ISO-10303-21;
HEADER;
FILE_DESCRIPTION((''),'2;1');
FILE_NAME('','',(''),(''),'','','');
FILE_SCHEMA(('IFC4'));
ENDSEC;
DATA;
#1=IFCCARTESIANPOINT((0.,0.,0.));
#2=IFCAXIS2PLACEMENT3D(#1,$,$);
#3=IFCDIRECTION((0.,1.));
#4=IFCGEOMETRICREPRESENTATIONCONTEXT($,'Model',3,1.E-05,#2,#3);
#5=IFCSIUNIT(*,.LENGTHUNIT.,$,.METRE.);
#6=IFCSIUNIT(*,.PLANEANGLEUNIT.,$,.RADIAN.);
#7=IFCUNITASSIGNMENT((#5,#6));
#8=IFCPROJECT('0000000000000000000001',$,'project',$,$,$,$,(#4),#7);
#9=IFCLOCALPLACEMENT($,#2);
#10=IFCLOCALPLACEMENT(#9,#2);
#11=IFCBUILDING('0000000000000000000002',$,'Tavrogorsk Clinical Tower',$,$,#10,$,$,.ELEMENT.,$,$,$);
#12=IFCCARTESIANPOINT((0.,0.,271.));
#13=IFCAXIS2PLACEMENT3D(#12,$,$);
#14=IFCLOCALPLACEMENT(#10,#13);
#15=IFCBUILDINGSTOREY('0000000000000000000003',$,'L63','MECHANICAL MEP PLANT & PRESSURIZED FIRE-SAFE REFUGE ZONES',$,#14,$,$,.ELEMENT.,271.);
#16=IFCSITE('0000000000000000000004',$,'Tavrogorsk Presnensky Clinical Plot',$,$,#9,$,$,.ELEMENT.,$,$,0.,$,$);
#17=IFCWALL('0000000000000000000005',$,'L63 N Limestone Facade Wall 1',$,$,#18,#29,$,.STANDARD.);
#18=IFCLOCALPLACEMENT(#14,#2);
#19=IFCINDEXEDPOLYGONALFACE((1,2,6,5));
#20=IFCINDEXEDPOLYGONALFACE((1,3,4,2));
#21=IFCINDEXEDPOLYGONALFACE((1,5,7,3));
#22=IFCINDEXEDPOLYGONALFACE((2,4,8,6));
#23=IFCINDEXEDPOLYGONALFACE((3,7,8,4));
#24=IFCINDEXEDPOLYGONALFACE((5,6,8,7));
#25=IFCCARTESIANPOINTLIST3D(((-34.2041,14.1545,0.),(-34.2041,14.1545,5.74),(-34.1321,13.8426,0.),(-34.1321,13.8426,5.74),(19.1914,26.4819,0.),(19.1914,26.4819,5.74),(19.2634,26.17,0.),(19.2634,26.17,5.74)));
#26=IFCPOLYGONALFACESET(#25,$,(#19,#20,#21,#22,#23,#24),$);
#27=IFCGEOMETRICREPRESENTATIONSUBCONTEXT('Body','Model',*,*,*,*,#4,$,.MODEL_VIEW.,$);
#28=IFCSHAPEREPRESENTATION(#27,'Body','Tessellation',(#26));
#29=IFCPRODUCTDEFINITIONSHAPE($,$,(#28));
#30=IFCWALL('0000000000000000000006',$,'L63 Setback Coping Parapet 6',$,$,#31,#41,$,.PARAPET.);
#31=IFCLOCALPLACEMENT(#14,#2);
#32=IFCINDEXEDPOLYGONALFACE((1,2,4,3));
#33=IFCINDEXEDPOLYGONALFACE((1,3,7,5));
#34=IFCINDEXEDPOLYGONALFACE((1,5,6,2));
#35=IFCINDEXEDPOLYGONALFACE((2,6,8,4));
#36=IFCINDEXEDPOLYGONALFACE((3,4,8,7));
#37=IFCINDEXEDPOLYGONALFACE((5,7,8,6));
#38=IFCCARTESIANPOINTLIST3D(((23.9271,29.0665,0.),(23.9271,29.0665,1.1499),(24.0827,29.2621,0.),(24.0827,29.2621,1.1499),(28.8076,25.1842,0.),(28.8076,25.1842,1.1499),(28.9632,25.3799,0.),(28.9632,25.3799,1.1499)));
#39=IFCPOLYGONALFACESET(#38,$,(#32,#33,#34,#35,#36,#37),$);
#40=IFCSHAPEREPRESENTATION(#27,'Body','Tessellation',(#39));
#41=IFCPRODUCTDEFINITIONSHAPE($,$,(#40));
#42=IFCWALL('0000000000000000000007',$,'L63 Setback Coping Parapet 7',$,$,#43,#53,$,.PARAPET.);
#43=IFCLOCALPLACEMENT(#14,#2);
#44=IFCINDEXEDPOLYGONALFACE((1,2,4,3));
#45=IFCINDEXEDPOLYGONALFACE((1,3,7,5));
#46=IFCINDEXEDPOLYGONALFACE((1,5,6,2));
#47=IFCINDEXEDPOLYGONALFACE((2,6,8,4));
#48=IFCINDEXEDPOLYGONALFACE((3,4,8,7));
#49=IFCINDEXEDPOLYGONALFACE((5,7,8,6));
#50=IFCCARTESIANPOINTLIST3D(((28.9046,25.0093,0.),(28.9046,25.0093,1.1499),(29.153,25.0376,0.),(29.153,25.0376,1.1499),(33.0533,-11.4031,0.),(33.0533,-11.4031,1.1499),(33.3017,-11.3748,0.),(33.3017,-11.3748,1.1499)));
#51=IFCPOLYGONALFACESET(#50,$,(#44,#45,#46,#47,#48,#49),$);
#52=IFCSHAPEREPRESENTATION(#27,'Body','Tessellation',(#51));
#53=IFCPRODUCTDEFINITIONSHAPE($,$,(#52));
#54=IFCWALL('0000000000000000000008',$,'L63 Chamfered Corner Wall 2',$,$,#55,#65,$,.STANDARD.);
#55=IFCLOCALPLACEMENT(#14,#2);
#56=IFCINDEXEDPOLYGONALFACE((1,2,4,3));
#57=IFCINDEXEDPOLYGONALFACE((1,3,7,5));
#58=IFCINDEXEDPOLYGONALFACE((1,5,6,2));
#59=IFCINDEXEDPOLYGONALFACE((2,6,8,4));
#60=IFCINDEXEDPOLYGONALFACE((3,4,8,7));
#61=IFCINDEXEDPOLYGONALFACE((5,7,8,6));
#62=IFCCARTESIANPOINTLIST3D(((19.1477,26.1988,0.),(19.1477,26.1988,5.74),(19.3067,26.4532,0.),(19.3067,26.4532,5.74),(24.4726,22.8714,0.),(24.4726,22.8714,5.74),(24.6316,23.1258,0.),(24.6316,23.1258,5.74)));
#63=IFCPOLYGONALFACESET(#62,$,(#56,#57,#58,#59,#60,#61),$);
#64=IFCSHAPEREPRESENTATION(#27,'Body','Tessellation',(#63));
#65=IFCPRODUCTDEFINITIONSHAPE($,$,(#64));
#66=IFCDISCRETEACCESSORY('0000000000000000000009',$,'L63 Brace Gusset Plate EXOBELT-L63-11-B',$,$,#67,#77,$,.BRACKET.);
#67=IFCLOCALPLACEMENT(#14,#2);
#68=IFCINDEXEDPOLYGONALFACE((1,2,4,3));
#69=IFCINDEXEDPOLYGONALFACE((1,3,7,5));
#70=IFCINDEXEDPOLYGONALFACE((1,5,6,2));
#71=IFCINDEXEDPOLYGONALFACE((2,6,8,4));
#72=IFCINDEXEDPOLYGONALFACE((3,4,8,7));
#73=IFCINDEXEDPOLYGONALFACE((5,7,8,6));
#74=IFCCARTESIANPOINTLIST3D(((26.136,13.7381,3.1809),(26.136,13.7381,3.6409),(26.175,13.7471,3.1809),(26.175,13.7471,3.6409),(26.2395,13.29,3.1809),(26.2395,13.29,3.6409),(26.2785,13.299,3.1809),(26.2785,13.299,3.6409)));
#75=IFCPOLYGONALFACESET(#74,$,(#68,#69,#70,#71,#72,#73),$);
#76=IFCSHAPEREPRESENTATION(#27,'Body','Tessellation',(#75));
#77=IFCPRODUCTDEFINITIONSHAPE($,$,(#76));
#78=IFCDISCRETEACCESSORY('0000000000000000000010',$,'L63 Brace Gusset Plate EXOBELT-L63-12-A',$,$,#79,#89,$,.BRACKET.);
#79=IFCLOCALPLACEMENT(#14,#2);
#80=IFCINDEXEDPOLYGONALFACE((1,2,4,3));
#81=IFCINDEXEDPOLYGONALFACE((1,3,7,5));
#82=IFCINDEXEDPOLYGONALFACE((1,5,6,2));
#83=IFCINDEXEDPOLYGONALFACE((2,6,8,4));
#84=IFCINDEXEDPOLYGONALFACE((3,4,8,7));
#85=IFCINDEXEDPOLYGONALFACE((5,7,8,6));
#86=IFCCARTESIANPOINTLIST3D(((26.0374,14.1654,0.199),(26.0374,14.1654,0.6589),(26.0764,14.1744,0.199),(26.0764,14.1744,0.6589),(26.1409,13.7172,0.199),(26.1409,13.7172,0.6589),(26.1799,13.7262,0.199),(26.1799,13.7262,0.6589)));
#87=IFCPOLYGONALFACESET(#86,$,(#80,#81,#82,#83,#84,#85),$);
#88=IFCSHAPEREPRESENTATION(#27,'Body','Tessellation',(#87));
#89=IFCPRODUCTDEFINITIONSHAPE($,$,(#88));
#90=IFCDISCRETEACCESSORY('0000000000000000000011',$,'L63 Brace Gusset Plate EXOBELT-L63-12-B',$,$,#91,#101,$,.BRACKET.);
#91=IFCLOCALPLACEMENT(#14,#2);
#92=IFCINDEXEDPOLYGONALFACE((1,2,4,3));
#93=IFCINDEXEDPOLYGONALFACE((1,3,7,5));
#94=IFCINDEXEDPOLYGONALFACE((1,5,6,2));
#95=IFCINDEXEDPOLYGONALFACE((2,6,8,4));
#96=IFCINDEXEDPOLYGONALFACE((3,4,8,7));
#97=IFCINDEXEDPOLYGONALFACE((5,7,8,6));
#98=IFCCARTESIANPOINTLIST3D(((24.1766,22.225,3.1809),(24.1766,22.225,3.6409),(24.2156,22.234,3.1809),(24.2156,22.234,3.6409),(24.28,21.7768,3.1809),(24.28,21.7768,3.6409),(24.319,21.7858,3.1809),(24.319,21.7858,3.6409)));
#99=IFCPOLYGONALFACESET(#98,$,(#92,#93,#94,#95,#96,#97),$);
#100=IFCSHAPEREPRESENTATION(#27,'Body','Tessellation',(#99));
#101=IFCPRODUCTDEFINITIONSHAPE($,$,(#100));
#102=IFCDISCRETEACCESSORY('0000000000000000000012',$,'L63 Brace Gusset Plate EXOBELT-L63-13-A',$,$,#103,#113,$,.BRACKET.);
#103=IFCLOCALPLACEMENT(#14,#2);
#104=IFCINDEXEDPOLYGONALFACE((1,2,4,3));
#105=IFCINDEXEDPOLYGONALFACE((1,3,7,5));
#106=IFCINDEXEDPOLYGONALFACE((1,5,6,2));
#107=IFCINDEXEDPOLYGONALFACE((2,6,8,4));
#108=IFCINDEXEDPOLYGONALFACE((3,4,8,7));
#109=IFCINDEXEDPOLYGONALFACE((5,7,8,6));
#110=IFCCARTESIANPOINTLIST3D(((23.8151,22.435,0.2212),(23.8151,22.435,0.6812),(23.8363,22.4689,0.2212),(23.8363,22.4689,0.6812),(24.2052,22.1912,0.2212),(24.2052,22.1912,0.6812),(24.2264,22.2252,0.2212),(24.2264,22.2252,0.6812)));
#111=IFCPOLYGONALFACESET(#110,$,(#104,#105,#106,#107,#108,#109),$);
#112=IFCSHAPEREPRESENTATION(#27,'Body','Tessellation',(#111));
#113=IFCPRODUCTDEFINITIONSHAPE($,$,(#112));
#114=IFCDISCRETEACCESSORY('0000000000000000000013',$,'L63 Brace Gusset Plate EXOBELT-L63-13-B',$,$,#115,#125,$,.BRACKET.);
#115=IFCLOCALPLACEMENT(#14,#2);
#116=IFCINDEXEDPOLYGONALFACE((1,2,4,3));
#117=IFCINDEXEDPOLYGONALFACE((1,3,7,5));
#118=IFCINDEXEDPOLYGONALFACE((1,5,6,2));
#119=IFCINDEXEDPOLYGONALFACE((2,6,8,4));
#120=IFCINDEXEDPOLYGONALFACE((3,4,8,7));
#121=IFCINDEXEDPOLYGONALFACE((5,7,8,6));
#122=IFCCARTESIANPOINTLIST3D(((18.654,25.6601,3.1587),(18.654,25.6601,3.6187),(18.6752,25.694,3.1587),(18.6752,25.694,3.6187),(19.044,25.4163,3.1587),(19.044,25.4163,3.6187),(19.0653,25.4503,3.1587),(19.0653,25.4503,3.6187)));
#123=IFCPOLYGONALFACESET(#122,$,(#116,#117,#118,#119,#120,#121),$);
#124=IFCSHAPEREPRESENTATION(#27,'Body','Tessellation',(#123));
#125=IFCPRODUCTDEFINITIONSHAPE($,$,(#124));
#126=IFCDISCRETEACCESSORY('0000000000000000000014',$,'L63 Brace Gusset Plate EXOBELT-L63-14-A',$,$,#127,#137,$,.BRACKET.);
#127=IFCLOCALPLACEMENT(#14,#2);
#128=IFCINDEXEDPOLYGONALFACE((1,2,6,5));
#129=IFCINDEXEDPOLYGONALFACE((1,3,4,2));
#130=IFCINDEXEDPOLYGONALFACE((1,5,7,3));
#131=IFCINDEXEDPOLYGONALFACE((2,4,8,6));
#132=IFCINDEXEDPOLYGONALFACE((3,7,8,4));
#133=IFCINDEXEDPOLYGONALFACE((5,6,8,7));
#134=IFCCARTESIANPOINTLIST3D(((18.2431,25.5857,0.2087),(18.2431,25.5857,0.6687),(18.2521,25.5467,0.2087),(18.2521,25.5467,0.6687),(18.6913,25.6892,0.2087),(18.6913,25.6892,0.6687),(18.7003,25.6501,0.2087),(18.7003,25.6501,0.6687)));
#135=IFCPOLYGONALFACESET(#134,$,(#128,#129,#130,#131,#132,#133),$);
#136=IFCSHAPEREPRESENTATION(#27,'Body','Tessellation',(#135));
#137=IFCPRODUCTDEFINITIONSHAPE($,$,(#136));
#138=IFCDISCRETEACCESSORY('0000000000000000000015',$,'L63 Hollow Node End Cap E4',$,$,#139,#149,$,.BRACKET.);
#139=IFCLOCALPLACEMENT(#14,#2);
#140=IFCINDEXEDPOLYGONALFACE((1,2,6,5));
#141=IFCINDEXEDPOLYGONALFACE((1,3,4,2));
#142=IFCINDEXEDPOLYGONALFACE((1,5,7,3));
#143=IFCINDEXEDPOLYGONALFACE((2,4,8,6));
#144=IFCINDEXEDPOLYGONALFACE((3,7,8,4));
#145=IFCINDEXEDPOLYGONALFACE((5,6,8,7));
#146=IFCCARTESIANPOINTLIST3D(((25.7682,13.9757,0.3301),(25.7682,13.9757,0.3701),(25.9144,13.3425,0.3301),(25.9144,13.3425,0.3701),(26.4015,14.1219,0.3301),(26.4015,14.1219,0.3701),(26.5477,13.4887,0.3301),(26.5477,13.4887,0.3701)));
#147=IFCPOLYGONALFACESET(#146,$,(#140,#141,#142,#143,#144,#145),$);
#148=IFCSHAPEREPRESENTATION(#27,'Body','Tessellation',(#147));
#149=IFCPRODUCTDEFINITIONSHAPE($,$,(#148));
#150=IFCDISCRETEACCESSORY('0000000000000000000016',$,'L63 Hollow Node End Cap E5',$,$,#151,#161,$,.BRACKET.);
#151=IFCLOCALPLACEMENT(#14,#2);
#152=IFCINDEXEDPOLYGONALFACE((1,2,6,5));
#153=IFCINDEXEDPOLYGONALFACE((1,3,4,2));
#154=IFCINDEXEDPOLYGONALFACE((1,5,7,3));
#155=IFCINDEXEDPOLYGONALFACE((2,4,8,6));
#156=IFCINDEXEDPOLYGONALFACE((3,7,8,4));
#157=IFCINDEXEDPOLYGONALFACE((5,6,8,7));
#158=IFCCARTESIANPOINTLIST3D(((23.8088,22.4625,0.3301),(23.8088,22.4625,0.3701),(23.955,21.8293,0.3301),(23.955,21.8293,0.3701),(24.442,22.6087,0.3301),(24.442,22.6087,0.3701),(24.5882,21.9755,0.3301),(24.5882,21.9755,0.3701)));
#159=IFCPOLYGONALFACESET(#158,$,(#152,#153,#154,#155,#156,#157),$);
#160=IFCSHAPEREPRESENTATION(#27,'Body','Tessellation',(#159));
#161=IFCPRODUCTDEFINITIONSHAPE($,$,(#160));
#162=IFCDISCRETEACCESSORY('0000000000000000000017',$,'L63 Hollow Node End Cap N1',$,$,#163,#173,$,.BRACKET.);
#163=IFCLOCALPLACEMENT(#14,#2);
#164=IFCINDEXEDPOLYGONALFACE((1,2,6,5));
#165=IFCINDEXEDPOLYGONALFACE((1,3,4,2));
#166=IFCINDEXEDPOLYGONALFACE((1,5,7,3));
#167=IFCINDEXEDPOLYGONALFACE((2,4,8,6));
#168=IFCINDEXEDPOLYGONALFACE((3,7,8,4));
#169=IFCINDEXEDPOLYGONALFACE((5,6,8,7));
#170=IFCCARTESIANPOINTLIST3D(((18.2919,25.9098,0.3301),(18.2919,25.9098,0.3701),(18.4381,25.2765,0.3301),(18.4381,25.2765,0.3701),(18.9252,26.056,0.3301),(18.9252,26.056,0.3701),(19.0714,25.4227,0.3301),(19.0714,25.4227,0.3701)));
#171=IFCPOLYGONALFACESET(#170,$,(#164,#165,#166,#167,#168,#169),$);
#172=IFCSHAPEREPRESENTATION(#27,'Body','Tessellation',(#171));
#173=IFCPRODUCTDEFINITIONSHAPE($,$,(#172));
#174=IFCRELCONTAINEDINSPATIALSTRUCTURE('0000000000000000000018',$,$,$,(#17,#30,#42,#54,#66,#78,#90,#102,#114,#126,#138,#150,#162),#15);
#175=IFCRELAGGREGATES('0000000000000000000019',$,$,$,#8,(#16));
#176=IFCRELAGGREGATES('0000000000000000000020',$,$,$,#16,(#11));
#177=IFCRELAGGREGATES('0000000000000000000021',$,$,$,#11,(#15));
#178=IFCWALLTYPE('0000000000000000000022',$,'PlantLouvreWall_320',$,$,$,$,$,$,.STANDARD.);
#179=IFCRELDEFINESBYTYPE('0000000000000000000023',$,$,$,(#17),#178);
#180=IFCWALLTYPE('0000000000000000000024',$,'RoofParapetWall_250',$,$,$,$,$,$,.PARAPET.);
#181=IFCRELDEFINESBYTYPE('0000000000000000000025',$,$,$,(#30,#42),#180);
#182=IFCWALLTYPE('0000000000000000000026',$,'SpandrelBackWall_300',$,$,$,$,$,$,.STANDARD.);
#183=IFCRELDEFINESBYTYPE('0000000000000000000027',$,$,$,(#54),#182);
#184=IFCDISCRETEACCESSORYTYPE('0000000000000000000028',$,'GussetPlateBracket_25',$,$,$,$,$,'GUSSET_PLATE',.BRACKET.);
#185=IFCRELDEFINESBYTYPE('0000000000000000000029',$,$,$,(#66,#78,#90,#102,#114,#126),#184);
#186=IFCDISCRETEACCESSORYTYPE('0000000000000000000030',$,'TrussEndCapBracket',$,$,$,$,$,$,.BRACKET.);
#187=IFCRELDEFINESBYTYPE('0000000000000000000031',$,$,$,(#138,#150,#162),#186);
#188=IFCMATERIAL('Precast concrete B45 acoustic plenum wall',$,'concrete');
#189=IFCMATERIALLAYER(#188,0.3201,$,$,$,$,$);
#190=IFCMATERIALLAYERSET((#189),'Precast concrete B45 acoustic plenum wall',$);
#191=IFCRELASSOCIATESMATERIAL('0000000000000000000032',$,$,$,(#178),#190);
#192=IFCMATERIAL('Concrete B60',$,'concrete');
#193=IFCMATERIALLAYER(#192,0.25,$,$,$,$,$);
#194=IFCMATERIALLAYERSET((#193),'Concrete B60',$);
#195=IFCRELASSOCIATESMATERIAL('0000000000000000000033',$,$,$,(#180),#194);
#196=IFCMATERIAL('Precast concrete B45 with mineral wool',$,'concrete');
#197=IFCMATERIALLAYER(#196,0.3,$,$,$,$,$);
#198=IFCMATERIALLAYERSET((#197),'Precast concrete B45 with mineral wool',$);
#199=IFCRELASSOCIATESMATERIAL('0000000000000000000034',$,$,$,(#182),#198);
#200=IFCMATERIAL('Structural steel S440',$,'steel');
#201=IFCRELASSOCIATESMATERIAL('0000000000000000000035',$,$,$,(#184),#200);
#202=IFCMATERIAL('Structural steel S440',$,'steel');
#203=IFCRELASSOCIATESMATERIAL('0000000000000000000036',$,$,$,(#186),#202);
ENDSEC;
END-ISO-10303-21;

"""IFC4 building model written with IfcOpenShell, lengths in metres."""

from ifc_helpers import new_model, si_unit, direction, frame, frame_2d, origin, origin_2d, place, context, subcontext, project, spatial, rectangle, extrude, material, layer, layer_set, type_object, element, save


model = new_model("IFC4")

# Units and contexts
model_context = context("Model", 3, precision=1e-05, world=origin(), true_north=direction((0.0, 1.0)))
body_context = subcontext(model_context, "Body", "Model", "MODEL_VIEW")
ifc_project = project(units=[si_unit("LENGTHUNIT", "METRE"), si_unit("PLANEANGLEUNIT", "RADIAN")], contexts=[model_context])

# Site, building, storey
site_placement = place(None, origin())
site = spatial("IfcSite", under=ifc_project, at=site_placement, Name="Tavrogorsk Presnensky Clinical Plot", CompositionType="ELEMENT", RefElevation=0.0)
building_placement = place(site_placement, origin())
building = spatial("IfcBuilding", under=site, at=building_placement, Name="Tavrogorsk Clinical Tower", CompositionType="ELEMENT")
storey_placement = place(building_placement, frame((0.0, 0.0, 271.0)))
storey = spatial("IfcBuildingStorey", under=building, at=storey_placement, Name="L63", Description="MECHANICAL MEP PLANT & PRESSURIZED FIRE-SAFE REFUGE ZONES", CompositionType="ELEMENT", Elevation=271.0)

# Walls
ifc_material_1 = material(Name="Precast concrete B45 acoustic plenum wall", Category="concrete")
ifc_layer_1 = layer(ifc_material_1, 0.3201)
ifc_layer_set_1 = layer_set([ifc_layer_1], Name="Precast concrete B45 acoustic plenum wall")
wall_type_1 = type_object("IfcWallType", Name="PlantLouvreWall_320", PredefinedType="STANDARD", material=ifc_layer_set_1)
wall_1_placement = place(storey_placement, frame((19.2273, 26.3259, 0.0), z_axis=(0.0, 0.0, 1.0), x_axis=(-0.97437, -0.224952, 0.0)))
element("IfcWall", 1, at=wall_1_placement, inside=storey, type_object=wall_type_1, Name="L63 N Limestone Facade Wall 1", PredefinedType="STANDARD", context=body_context, shape_type="SweptSolid", body=[
    extrude(rectangle(XDim=54.8, YDim=0.3201, at=frame_2d((27.3999, 0.0))), origin(), (0.0, 0.0, 1.0), 5.74),
])
ifc_material_2 = material(Name="Concrete B60", Category="concrete")
ifc_layer_2 = layer(ifc_material_2, 0.25)
ifc_layer_set_2 = layer_set([ifc_layer_2], Name="Concrete B60")
wall_type_2 = type_object("IfcWallType", Name="RoofParapetWall_250", PredefinedType="PARAPET", material=ifc_layer_set_2)
wall_2_placement = place(storey_placement, frame((24.0049, 29.1643, 0.0), z_axis=(0.0, 0.0, 1.0), x_axis=(0.7826, -0.622525, 0.0)))
element("IfcWall", 2, at=wall_2_placement, inside=storey, type_object=wall_type_2, Name="L63 Setback Coping Parapet 6", PredefinedType="PARAPET", context=body_context, shape_type="SweptSolid", body=[
    extrude(rectangle(XDim=6.2363, YDim=0.25, at=frame_2d((3.1182, 0.0))), origin(), (0.0, 0.0, 1.0), 1.1499),
])
wall_3_placement = place(storey_placement, frame((29.0288, 25.0234, 0.0), z_axis=(0.0, 0.0, 1.0), x_axis=(0.113204, -0.993572, 0.0)))
element("IfcWall", 3, at=wall_3_placement, inside=storey, type_object=wall_type_2, Name="L63 Setback Coping Parapet 7", PredefinedType="PARAPET", context=body_context, shape_type="SweptSolid", body=[
    extrude(rectangle(XDim=36.6479, YDim=0.25, at=frame_2d((18.324, 0.0))), origin(), (0.0, 0.0, 1.0), 1.1499),
])
ifc_material_3 = material(Name="Precast concrete B45 with mineral wool", Category="concrete")
ifc_layer_3 = layer(ifc_material_3, 0.3)
ifc_layer_set_3 = layer_set([ifc_layer_3], Name="Precast concrete B45 with mineral wool")
wall_type_3 = type_object("IfcWallType", Name="SpandrelBackWall_300", PredefinedType="STANDARD", material=ifc_layer_set_3)
wall_4_placement = place(storey_placement, frame((24.5522, 22.9985, 0.0), z_axis=(0.0, 0.0, 1.0), x_axis=(-0.848049, 0.529919, 0.0)))
element("IfcWall", 4, at=wall_4_placement, inside=storey, type_object=wall_type_3, Name="L63 Chamfered Corner Wall 2", PredefinedType="STANDARD", context=body_context, shape_type="SweptSolid", body=[
    extrude(rectangle(XDim=6.2791, YDim=0.3, at=frame_2d((3.1396, 0.0))), origin(), (0.0, 0.0, 1.0), 5.74),
])

# Discrete accessories
ifc_material_4 = material(Name="Structural steel S440", Category="steel")
discrete_accessory_type_1 = type_object("IfcDiscreteAccessoryType", Name="GussetPlateBracket_25", ElementType="GUSSET_PLATE", PredefinedType="BRACKET", material=ifc_material_4)
for number, where, z_axis, x_axis, name in (
    (5, (26.2073, 13.5186, 3.1809), (0.0, 0.0, 1.0), (-0.224951, 0.97437, 0.0), "L63 Brace Gusset Plate EXOBELT-L63-11-B"),
    (6, (26.1086, 13.9458, 0.199), (0.0, 0.0, 1.0), (-0.224951, 0.97437, 0.0), "L63 Brace Gusset Plate EXOBELT-L63-12-A"),
    (7, (24.2478, 22.0054, 3.1809), (0.0, 0.0, 1.0), (-0.224951, 0.97437, 0.0), "L63 Brace Gusset Plate EXOBELT-L63-12-B"),
    (8, (24.0208, 22.3301, 0.2212), (0.0, 0.0, 1.0), (-0.848048, 0.529919, 0.0), "L63 Brace Gusset Plate EXOBELT-L63-13-A"),
    (9, (18.8596, 25.5552, 3.1587), (0.0, 0.0, 1.0), (-0.848048, 0.529919, 0.0), "L63 Brace Gusset Plate EXOBELT-L63-13-B"),
    (10, (18.4717, 25.6179, 0.2087), (0.0, 0.0, 1.0), (-0.97437, -0.224951, 0.0), "L63 Brace Gusset Plate EXOBELT-L63-14-A"),
):
    element("IfcDiscreteAccessory", number, at=place(storey_placement, frame(where, z_axis=z_axis, x_axis=x_axis)), inside=storey, type_object=discrete_accessory_type_1, Name=name, PredefinedType="BRACKET", context=body_context, shape_type="SweptSolid", body=[
        extrude(rectangle(XDim=0.46, YDim=0.04, at=origin_2d()), origin(), (0.0, 0.0, 1.0), 0.46),
    ])
ifc_material_5 = material(Name="Structural steel S440", Category="steel")
discrete_accessory_type_2 = type_object("IfcDiscreteAccessoryType", Name="TrussEndCapBracket", PredefinedType="BRACKET", material=ifc_material_5)
for number, where, z_axis, x_axis, name in (
    (11, (26.158, 13.7322, 0.3301), (0.0, 0.0, 1.0), (0.97437, 0.224951, 0.0), "L63 Hollow Node End Cap E4"),
    (12, (24.1985, 22.219, 0.3301), (0.0, 0.0, 1.0), (0.97437, 0.224951, 0.0), "L63 Hollow Node End Cap E5"),
    (13, (18.6816, 25.6663, 0.3301), (0.0, 0.0, 1.0), (0.97437, 0.224951, 0.0), "L63 Hollow Node End Cap N1"),
):
    element("IfcDiscreteAccessory", number, at=place(storey_placement, frame(where, z_axis=z_axis, x_axis=x_axis)), inside=storey, type_object=discrete_accessory_type_2, Name=name, PredefinedType="BRACKET", context=body_context, shape_type="SweptSolid", body=[
        extrude(rectangle(XDim=0.6499, YDim=0.6499, at=origin_2d()), origin(), (0.0, 0.0, 1.0), 0.04),
    ])

save(model, "model.ifc")
